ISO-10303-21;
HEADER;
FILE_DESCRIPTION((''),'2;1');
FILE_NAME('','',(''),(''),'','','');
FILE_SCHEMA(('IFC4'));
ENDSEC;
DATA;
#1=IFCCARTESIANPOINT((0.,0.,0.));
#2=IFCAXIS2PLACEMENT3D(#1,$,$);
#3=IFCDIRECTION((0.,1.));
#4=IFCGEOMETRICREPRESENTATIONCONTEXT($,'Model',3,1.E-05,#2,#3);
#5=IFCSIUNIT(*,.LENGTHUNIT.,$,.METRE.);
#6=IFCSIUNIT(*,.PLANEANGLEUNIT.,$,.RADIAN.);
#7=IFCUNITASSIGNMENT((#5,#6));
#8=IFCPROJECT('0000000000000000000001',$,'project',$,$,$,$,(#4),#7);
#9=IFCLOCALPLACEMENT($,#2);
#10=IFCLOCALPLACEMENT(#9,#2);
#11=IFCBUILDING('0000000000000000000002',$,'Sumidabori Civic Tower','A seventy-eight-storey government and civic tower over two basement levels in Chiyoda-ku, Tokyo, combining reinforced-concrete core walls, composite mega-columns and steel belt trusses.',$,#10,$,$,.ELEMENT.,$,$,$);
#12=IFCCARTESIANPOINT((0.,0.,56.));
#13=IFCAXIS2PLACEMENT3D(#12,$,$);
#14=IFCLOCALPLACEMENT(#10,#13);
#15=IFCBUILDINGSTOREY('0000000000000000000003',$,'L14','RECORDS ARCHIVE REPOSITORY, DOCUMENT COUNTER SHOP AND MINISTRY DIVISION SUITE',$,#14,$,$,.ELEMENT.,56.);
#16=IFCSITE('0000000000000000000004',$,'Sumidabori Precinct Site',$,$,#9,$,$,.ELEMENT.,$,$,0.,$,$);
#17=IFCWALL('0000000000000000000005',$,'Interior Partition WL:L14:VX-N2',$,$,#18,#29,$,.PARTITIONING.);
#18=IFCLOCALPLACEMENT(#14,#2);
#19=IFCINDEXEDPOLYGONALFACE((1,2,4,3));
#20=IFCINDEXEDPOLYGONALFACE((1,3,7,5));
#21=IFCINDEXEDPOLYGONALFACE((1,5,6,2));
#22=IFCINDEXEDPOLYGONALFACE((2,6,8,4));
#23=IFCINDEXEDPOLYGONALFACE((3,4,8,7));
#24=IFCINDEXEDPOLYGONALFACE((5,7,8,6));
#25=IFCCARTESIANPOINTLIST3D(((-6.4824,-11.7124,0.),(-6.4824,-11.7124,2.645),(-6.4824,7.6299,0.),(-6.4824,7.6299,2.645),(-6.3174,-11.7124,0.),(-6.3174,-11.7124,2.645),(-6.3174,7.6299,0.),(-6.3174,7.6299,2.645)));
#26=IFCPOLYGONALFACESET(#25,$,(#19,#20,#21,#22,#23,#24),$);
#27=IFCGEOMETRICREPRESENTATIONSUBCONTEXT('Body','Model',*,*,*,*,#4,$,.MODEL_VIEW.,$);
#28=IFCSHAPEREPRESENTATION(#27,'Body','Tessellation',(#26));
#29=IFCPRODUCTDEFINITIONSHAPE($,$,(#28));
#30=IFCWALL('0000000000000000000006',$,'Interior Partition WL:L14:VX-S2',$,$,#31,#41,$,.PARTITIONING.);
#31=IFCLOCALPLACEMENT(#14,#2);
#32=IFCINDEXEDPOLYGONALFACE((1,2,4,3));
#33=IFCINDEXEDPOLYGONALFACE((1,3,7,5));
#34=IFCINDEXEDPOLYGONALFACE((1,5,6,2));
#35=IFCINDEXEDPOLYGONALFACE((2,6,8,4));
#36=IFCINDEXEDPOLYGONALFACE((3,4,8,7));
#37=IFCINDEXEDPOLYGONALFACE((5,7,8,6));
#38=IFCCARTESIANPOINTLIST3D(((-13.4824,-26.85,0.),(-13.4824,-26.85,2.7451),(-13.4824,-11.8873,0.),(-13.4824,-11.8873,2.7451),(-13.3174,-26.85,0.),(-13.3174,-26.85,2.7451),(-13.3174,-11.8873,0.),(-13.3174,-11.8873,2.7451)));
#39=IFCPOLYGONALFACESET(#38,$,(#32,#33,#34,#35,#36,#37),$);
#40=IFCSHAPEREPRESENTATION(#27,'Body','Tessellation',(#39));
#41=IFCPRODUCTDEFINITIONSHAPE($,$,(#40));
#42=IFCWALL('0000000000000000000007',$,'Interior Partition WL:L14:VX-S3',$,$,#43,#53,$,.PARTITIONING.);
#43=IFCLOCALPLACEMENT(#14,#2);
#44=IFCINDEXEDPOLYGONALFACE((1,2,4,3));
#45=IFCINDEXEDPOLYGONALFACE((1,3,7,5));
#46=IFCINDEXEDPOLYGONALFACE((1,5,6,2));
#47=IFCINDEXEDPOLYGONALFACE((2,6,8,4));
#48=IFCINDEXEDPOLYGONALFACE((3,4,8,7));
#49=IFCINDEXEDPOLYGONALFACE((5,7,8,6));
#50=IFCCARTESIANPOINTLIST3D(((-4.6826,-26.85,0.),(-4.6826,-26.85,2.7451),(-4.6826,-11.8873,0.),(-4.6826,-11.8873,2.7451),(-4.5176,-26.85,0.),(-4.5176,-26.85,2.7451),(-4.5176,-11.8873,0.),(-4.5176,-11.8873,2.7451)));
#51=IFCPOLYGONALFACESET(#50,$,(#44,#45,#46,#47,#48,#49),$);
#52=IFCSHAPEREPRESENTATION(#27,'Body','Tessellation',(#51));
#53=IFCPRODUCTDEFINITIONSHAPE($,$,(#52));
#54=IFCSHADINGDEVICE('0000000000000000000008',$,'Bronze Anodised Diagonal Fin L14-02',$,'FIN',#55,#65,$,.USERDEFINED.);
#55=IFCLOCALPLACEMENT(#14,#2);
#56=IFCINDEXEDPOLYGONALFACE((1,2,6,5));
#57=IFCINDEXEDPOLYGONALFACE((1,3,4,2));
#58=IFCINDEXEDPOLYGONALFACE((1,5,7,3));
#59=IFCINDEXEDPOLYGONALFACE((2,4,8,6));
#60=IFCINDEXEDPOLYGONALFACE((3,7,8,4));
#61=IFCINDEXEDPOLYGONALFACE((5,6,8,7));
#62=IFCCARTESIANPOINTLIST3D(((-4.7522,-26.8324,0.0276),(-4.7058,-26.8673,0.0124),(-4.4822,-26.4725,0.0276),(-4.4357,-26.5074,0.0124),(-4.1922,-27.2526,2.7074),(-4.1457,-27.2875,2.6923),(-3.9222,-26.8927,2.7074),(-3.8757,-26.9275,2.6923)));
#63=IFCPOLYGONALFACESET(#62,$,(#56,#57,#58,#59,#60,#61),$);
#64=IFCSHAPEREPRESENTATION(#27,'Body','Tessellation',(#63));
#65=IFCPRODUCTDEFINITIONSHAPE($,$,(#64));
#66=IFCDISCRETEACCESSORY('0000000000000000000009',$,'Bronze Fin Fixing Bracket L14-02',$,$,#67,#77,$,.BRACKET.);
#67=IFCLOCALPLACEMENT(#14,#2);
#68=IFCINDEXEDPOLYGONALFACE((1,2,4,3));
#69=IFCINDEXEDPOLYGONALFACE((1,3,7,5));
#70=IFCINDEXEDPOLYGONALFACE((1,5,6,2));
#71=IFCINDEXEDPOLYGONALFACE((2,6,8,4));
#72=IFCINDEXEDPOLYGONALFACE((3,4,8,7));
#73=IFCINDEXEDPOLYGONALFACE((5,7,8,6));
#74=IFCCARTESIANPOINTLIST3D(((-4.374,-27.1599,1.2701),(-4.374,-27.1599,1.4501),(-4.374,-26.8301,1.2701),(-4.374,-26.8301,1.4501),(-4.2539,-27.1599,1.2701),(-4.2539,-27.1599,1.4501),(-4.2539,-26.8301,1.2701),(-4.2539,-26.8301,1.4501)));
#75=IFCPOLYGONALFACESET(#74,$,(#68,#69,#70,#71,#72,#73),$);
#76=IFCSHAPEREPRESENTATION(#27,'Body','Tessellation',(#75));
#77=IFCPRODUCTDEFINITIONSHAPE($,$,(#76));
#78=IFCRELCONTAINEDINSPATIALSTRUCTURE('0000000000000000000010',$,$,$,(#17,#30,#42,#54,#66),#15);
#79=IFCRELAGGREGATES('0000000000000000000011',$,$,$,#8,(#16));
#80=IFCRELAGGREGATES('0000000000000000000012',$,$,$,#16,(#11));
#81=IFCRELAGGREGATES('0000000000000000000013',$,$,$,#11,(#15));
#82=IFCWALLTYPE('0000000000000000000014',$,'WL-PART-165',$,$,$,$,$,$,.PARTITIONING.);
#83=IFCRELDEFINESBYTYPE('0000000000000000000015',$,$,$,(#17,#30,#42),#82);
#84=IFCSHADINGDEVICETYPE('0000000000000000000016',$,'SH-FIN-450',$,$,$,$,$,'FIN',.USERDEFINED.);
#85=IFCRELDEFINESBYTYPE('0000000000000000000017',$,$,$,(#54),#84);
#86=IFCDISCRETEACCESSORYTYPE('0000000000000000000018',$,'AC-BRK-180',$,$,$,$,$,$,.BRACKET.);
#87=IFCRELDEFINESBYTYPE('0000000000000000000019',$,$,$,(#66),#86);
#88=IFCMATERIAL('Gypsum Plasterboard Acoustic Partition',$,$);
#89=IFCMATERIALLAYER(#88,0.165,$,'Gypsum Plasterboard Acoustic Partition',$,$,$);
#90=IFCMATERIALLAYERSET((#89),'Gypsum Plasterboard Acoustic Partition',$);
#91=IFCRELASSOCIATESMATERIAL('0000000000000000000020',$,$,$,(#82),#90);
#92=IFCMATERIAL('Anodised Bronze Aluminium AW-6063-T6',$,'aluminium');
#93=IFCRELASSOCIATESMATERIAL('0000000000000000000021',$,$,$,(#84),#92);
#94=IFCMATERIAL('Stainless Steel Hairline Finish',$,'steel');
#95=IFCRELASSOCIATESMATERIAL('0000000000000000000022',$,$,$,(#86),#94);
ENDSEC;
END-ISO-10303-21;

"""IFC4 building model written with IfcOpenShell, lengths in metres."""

from ifc_helpers import new_model, si_unit, direction, frame, frame_2d, origin, origin_2d, place, context, subcontext, project, spatial, rectangle, extrude, source, transform, mapped, material, layer, layer_set, material_profile, profile_set, type_object, element, save


model = new_model("IFC4")

# Units and contexts
model_context = context("Model", 3, precision=1e-05, world=origin(), true_north=direction((0.0, 1.0)))
body_context = subcontext(model_context, "Body", "Model", "MODEL_VIEW")
ifc_project = project(units=[si_unit("LENGTHUNIT", "METRE"), si_unit("PLANEANGLEUNIT", "RADIAN")], contexts=[model_context])

# Site, building, storey
site_placement = place(None, origin())
site = spatial("IfcSite", under=ifc_project, at=site_placement, Name="Sumidabori Precinct Site", CompositionType="ELEMENT", RefElevation=0.0)
building_placement = place(site_placement, origin())
building = spatial("IfcBuilding", under=site, at=building_placement, Name="Sumidabori Civic Tower", Description="A seventy-eight-storey government and civic tower over two basement levels in Chiyoda-ku, Tokyo, combining reinforced-concrete core walls, composite mega-columns and steel belt trusses.", CompositionType="ELEMENT")
storey_placement = place(building_placement, frame((0.0, 0.0, 56.0)))
storey = spatial("IfcBuildingStorey", under=building, at=storey_placement, Name="L14", Description="RECORDS ARCHIVE REPOSITORY, DOCUMENT COUNTER SHOP AND MINISTRY DIVISION SUITE", CompositionType="ELEMENT", Elevation=56.0)

# Shared definitions
ifc_material_1 = material(Name="Anodised Bronze Aluminium AW-6063-T6", Category="aluminium")

# Walls
ifc_material_2 = material(Name="Gypsum Plasterboard Acoustic Partition")
ifc_layer_1 = layer(ifc_material_2, 0.165, Name="Gypsum Plasterboard Acoustic Partition")
ifc_layer_set_1 = layer_set([ifc_layer_1], Name="Gypsum Plasterboard Acoustic Partition")
wall_type = type_object("IfcWallType", Name="WL-PART-165", PredefinedType="PARTITIONING", material=ifc_layer_set_1)
shared_shape_1 = source(origin(), body_context, "Body", "SweptSolid", [
    extrude(rectangle(XDim=19.3423, YDim=0.165, at=frame_2d((9.6711, 0.0))), origin(), (0.0, 0.0, 1.0), 2.645),
])
wall_placement = place(storey_placement, frame((-6.3999, -11.7124, 0.0), z_axis=(0.0, 0.0, 1.0), x_axis=(0.0, 1.0, 0.0)))
element("IfcWall", 1, at=wall_placement, inside=storey, type_object=wall_type, Name="Interior Partition WL:L14:VX-N2", PredefinedType="PARTITIONING", context=body_context, shape_type="MappedRepresentation", body=[
    mapped(shared_shape_1, transform((0.0, 0.0, 0.0), x_axis=(1.0, 0.0, 0.0), y_axis=(0.0, 1.0, 0.0), z_axis=(0.0, 0.0, 1.0), scale=1.0)),
])
shared_shape_2 = source(origin(), body_context, "Body", "SweptSolid", [
    extrude(rectangle(XDim=14.9626, YDim=0.165, at=frame_2d((7.4814, 0.0))), origin(), (0.0, 0.0, 1.0), 2.7451),
])
for number, where, z_axis, x_axis, name in (
    (2, (-13.3999, -26.8501, 0.0), (0.0, 0.0, 1.0), (0.0, 1.0, 0.0), "Interior Partition WL:L14:VX-S2"),
    (3, (-4.6001, -26.8501, 0.0), (0.0, 0.0, 1.0), (0.0, 1.0, 0.0), "Interior Partition WL:L14:VX-S3"),
):
    element("IfcWall", number, at=place(storey_placement, frame(where, z_axis=z_axis, x_axis=x_axis)), inside=storey, type_object=wall_type, Name=name, PredefinedType="PARTITIONING", context=body_context, shape_type="MappedRepresentation", body=[
        mapped(shared_shape_2, transform((0.0, 0.0, 0.0), x_axis=(1.0, 0.0, 0.0), y_axis=(0.0, 1.0, 0.0), z_axis=(0.0, 0.0, 1.0), scale=1.0)),
    ])

# Shading device
ifc_material_profile_1 = material_profile(ifc_material_1, rectangle(XDim=0.0601, YDim=0.45, at=origin_2d()), Name="BRONZE FIN 450x60")
ifc_profile_set_1 = profile_set([ifc_material_profile_1], Name="Anodised Bronze Aluminium AW-6063-T6")
shading_device_type = type_object("IfcShadingDeviceType", Name="SH-FIN-450", ElementType="FIN", PredefinedType="USERDEFINED", material=ifc_profile_set_1)
shared_shape_3 = source(origin(), body_context, "Body", "SweptSolid", [
    extrude(rectangle(XDim=0.0601, YDim=0.45, at=origin_2d()), origin(), (0.0, 0.0, 1.0), 2.7698),
])
shading_device_placement = place(storey_placement, frame((-4.594, -26.6699, 0.02), z_axis=(0.202196, -0.151691, 0.967526), x_axis=(0.77394, -0.580624, -0.252771)))
element("IfcShadingDevice", 4, at=shading_device_placement, inside=storey, type_object=shading_device_type, Name="Bronze Anodised Diagonal Fin L14-02", ObjectType="FIN", PredefinedType="USERDEFINED", context=body_context, shape_type="MappedRepresentation", body=[
    mapped(shared_shape_3, transform((0.0, 0.0, 0.0), x_axis=(1.0, 0.0, 0.0), y_axis=(0.0, 1.0, 0.0), z_axis=(0.0, 0.0, 1.0), scale=1.0)),
])

# Discrete accessory
ifc_material_3 = material(Name="Stainless Steel Hairline Finish", Category="steel")
ifc_material_profile_2 = material_profile(ifc_material_3, rectangle(XDim=0.1201, YDim=0.1799, at=origin_2d()), Name="STEEL BRACKET 180x120")
ifc_profile_set_2 = profile_set([ifc_material_profile_2], Name="Stainless Steel Hairline Finish")
discrete_accessory_type = type_object("IfcDiscreteAccessoryType", Name="AC-BRK-180", PredefinedType="BRACKET", material=ifc_profile_set_2)
shared_shape_4 = source(origin(), body_context, "Body", "SweptSolid", [
    extrude(rectangle(XDim=0.1201, YDim=0.1799, at=origin_2d()), origin(), (0.0, 0.0, 1.0), 0.3298),
])
discrete_accessory_placement = place(storey_placement, frame((-4.314, -26.8301, 1.3601), z_axis=(0.0, -1.0, 0.0), x_axis=(1.0, 0.0, 0.0)))
element("IfcDiscreteAccessory", 5, at=discrete_accessory_placement, inside=storey, type_object=discrete_accessory_type, Name="Bronze Fin Fixing Bracket L14-02", PredefinedType="BRACKET", context=body_context, shape_type="MappedRepresentation", body=[
    mapped(shared_shape_4, transform((0.0, 0.0, 0.0), x_axis=(1.0, 0.0, 0.0), y_axis=(0.0, 1.0, 0.0), z_axis=(0.0, 0.0, 1.0), scale=1.0)),
])

save(model, "model.ifc")
